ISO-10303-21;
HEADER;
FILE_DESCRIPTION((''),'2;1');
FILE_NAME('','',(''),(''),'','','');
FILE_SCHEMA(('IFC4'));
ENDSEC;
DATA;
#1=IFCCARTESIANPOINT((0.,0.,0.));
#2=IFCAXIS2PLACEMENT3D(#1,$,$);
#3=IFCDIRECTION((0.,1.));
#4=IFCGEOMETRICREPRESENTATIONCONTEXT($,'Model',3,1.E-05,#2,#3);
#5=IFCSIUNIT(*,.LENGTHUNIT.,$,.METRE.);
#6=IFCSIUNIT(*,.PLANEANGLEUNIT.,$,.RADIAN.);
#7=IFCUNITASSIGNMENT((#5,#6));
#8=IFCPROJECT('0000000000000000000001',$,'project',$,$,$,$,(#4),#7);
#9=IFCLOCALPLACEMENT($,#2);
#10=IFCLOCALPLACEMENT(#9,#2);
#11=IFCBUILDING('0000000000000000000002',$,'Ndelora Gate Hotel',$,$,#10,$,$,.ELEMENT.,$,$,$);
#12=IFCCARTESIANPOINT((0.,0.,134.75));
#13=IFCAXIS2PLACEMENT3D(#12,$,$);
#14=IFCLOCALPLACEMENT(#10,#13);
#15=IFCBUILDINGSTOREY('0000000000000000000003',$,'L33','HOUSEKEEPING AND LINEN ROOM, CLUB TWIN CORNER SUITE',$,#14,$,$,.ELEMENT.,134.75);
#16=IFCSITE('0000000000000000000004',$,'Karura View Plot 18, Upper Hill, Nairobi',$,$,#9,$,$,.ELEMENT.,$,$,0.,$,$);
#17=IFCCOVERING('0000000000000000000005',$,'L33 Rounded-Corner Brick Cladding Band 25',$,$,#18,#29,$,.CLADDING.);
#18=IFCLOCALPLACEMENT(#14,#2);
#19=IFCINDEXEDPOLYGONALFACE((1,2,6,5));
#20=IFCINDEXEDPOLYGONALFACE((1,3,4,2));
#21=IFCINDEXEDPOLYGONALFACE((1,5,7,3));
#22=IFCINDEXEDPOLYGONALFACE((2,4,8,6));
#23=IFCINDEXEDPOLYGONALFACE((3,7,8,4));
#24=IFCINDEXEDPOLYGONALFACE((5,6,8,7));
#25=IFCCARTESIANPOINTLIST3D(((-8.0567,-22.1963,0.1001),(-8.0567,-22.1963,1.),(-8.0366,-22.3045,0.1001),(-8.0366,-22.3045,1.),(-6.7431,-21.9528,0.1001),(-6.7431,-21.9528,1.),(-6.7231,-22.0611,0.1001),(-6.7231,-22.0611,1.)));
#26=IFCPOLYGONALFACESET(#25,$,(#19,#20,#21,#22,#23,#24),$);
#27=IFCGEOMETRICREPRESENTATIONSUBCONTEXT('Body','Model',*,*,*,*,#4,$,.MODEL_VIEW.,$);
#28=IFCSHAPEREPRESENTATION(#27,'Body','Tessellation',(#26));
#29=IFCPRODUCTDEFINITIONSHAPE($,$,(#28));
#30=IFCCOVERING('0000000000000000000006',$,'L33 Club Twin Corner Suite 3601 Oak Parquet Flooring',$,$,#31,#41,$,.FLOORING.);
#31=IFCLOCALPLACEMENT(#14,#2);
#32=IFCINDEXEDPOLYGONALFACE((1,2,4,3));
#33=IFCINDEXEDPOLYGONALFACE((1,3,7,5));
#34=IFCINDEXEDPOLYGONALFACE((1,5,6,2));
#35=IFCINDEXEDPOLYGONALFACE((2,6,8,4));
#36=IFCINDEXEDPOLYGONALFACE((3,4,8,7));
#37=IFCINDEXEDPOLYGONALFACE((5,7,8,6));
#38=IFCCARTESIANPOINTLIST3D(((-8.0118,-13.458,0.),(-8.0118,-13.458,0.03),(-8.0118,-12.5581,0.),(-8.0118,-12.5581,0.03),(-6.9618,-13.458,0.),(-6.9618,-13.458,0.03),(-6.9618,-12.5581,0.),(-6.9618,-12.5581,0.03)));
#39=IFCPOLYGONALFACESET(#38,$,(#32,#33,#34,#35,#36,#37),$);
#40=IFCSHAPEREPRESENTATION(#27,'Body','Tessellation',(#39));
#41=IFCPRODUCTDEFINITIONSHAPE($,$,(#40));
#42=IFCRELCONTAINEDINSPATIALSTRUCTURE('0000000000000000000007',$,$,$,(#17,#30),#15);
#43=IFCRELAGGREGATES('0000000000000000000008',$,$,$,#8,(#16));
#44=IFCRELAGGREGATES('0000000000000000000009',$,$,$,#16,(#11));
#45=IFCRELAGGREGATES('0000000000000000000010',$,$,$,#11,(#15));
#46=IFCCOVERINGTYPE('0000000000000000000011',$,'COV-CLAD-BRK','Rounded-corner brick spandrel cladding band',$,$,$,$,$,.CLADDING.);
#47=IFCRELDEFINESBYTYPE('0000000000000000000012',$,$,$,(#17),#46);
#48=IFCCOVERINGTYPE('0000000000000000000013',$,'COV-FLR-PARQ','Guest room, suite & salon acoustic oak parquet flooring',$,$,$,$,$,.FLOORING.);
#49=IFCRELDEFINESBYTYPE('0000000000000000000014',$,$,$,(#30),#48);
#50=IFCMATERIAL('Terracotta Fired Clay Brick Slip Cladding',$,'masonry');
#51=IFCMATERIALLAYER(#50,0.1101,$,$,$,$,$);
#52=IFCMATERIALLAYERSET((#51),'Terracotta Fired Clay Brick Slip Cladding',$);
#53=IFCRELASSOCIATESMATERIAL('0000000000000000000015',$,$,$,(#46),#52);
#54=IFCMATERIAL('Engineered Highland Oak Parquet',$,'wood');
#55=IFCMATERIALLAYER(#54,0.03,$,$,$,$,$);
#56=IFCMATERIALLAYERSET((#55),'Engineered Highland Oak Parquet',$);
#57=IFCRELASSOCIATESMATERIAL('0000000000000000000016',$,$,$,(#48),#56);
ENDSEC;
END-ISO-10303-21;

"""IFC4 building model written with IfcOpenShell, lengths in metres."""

from ifc_helpers import new_model, si_unit, direction, frame, origin, origin_2d, place, context, subcontext, project, spatial, rectangle, extrude, material, layer, layer_set, type_object, element, save


model = new_model("IFC4")

# Units and contexts
model_context = context("Model", 3, precision=1e-05, world=origin(), true_north=direction((0.0, 1.0)))
body_context = subcontext(model_context, "Body", "Model", "MODEL_VIEW")
ifc_project = project(units=[si_unit("LENGTHUNIT", "METRE"), si_unit("PLANEANGLEUNIT", "RADIAN")], contexts=[model_context])

# Site, building, storey
site_placement = place(None, origin())
site = spatial("IfcSite", under=ifc_project, at=site_placement, Name="Karura View Plot 18, Upper Hill, Nairobi", CompositionType="ELEMENT", RefElevation=0.0)
building_placement = place(site_placement, origin())
building = spatial("IfcBuilding", under=site, at=building_placement, Name="Ndelora Gate Hotel", CompositionType="ELEMENT")
storey_placement = place(building_placement, frame((0.0, 0.0, 134.75)))
storey = spatial("IfcBuildingStorey", under=building, at=storey_placement, Name="L33", Description="HOUSEKEEPING AND LINEN ROOM, CLUB TWIN CORNER SUITE", CompositionType="ELEMENT", Elevation=134.75)

# Coverings
ifc_material_1 = material(Name="Terracotta Fired Clay Brick Slip Cladding", Category="masonry")
ifc_layer_1 = layer(ifc_material_1, 0.1101)
ifc_layer_set_1 = layer_set([ifc_layer_1], Name="Terracotta Fired Clay Brick Slip Cladding")
covering_type_1 = type_object("IfcCoveringType", Name="COV-CLAD-BRK", Description="Rounded-corner brick spandrel cladding band", PredefinedType="CLADDING", material=ifc_layer_set_1)
for number, where, z_axis, x_axis, name in (
    (1, (-7.3899, -22.1287, 0.1001), (0.0, 0.0, 1.0), (0.983255, 0.182236, 0.0), "L33 Rounded-Corner Brick Cladding Band 25"),
):
    element("IfcCovering", number, at=place(storey_placement, frame(where, z_axis=z_axis, x_axis=x_axis)), inside=storey, type_object=covering_type_1, Name=name, PredefinedType="CLADDING", context=body_context, shape_type="SweptSolid", body=[
        extrude(rectangle(XDim=1.3359, YDim=0.1101, at=origin_2d()), origin(), (0.0, 0.0, 1.0), 0.8999),
    ])
ifc_material_2 = material(Name="Engineered Highland Oak Parquet", Category="wood")
ifc_layer_2 = layer(ifc_material_2, 0.03)
ifc_layer_set_2 = layer_set([ifc_layer_2], Name="Engineered Highland Oak Parquet")
covering_type_2 = type_object("IfcCoveringType", Name="COV-FLR-PARQ", Description="Guest room, suite & salon acoustic oak parquet flooring", PredefinedType="FLOORING", material=ifc_layer_set_2)
covering_placement = place(storey_placement, frame((-7.4868, -13.0081, 0.0), z_axis=(0.0, 0.0, 1.0), x_axis=(1.0, 0.0, 0.0)))
element("IfcCovering", 2, at=covering_placement, inside=storey, type_object=covering_type_2, Name="L33 Club Twin Corner Suite 3601 Oak Parquet Flooring", PredefinedType="FLOORING", context=body_context, shape_type="SweptSolid", body=[
    extrude(rectangle(XDim=1.05, YDim=0.8999, at=origin_2d()), origin(), (0.0, 0.0, 1.0), 0.03),
])

save(model, "model.ifc")
